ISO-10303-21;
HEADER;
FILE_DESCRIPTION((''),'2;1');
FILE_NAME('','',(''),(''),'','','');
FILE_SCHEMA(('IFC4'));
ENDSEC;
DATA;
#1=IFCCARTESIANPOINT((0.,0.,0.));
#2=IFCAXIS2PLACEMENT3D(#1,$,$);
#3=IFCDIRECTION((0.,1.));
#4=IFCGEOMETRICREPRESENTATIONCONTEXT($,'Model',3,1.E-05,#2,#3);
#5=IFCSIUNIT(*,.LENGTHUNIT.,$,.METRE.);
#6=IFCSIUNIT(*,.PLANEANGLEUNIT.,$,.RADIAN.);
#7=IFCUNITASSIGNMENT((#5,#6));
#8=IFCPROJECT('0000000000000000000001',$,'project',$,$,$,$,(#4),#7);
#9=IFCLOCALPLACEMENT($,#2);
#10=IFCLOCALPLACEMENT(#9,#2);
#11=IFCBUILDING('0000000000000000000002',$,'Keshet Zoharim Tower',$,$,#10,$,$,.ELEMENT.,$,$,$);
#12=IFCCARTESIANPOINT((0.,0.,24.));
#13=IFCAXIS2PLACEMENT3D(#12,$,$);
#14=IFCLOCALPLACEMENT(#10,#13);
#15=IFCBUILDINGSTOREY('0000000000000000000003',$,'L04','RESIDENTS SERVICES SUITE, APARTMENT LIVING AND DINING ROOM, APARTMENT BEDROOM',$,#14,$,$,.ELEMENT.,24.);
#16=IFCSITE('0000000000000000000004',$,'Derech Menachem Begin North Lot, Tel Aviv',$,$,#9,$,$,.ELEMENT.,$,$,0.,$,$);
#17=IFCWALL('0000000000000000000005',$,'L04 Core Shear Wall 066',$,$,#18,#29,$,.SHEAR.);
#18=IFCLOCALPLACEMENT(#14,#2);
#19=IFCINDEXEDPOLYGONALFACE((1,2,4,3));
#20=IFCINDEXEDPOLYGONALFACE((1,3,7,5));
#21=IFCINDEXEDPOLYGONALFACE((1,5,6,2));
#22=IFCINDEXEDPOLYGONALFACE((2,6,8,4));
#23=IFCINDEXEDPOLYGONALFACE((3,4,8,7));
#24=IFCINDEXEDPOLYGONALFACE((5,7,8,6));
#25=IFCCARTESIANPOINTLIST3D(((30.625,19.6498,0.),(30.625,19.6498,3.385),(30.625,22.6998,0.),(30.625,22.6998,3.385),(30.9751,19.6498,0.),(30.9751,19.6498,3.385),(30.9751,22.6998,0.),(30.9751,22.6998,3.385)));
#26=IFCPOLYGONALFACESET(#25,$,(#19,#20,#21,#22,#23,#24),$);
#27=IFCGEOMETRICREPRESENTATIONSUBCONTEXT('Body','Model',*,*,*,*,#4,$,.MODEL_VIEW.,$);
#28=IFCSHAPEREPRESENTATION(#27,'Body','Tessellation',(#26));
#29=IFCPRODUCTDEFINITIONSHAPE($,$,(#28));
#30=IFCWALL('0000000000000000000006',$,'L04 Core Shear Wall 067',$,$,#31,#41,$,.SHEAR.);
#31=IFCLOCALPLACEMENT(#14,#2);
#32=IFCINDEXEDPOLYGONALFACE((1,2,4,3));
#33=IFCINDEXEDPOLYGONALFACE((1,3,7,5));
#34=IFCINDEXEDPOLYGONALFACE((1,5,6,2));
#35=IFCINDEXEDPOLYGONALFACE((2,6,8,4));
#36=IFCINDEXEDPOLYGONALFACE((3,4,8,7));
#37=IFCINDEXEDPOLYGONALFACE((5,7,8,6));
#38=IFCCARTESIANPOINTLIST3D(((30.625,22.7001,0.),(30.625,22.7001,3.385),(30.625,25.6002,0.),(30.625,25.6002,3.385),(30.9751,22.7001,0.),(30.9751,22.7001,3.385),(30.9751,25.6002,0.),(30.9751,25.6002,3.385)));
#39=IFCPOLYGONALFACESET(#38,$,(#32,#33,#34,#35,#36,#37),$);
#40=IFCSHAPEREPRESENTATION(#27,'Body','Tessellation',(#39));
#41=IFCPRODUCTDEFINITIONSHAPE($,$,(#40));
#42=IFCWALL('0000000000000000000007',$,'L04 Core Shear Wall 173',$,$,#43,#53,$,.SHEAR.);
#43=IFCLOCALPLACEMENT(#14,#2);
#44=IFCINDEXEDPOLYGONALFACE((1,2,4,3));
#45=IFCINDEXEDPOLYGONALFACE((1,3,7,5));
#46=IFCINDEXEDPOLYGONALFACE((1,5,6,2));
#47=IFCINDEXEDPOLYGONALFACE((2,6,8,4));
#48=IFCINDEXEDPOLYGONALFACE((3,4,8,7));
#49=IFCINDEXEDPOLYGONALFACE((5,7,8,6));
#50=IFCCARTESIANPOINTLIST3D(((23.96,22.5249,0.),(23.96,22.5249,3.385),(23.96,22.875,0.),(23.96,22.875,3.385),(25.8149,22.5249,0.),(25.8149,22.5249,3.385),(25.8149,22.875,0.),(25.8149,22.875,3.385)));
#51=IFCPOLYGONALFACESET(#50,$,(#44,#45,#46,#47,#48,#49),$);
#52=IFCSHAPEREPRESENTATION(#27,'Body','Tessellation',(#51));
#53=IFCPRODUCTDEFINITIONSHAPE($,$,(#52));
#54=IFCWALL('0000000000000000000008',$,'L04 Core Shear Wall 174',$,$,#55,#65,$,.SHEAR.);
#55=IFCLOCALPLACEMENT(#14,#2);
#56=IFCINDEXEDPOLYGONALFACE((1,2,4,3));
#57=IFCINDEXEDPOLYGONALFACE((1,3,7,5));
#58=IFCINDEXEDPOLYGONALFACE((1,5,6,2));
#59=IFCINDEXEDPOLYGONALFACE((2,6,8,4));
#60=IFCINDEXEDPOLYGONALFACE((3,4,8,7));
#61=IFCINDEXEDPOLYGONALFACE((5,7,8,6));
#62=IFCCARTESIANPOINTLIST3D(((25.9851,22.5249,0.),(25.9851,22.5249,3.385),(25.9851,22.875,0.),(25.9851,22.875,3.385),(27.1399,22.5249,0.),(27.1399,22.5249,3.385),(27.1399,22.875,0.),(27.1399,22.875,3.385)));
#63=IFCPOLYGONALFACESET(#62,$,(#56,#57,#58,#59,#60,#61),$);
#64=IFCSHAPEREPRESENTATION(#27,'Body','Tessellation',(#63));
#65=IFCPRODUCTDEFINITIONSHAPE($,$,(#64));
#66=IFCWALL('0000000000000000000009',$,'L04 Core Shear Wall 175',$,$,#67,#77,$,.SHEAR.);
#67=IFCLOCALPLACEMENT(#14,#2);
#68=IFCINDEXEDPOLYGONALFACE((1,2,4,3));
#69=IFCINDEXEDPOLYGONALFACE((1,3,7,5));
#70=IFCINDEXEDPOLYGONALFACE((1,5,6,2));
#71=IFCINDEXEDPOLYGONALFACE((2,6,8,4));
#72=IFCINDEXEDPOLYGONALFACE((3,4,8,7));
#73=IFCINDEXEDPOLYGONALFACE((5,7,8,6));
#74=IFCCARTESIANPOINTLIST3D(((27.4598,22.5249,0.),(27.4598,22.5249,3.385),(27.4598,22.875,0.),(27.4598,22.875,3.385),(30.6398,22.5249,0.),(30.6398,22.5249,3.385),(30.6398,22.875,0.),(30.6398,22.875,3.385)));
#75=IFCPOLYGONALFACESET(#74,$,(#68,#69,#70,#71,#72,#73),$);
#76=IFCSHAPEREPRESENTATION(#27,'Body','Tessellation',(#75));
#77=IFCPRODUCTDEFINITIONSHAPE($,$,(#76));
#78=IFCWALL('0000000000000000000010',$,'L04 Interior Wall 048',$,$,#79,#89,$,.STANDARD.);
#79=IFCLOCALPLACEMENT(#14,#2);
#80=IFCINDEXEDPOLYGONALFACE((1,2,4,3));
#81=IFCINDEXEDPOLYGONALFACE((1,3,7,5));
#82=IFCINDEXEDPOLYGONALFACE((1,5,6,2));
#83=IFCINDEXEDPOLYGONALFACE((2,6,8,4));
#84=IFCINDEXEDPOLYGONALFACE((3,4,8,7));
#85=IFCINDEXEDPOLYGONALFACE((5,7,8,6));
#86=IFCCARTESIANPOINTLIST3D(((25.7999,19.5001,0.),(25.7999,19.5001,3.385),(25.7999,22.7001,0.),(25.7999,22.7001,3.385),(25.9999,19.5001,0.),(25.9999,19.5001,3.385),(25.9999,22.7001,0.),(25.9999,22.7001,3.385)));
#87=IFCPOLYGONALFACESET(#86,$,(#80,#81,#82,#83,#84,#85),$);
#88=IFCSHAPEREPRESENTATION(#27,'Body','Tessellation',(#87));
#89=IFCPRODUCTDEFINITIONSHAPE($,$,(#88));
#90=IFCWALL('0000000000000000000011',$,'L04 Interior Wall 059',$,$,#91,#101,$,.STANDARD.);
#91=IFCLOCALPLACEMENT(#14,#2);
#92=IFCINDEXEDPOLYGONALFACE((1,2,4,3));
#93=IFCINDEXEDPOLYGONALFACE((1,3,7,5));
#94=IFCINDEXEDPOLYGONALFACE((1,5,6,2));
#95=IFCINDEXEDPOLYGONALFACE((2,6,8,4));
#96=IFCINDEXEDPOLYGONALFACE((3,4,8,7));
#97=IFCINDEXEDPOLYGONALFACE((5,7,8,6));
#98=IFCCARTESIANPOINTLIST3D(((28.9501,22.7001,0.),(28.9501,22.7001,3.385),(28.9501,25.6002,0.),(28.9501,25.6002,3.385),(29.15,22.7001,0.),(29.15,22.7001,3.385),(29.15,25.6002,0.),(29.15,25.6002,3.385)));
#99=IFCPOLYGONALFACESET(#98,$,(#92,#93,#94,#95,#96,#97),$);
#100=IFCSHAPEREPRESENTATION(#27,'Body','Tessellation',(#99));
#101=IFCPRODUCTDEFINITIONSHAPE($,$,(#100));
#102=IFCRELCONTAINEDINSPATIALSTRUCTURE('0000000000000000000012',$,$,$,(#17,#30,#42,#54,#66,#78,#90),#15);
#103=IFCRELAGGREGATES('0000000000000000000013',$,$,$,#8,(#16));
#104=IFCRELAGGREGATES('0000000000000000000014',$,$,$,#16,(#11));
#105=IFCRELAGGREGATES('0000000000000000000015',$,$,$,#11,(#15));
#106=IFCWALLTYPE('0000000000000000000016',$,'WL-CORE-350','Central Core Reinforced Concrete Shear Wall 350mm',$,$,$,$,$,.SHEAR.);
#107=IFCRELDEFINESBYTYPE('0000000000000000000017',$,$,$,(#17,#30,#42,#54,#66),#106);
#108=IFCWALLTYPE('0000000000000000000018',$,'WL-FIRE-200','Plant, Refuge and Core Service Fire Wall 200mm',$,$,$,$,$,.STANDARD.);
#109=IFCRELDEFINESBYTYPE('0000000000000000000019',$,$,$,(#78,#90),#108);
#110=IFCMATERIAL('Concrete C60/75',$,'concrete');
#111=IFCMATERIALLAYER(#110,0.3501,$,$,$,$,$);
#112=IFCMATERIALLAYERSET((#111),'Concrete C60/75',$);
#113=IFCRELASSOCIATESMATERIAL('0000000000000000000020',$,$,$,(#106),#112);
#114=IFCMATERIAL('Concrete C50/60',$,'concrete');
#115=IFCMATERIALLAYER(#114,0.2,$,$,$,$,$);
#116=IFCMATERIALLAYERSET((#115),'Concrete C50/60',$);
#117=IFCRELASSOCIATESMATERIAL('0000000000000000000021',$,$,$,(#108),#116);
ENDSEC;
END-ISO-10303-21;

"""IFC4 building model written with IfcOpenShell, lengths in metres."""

from ifc_helpers import new_model, si_unit, direction, frame, frame_2d, origin, place, context, subcontext, project, spatial, rectangle, extrude, material, layer, layer_set, type_object, element, save


model = new_model("IFC4")

# Units and contexts
model_context = context("Model", 3, precision=1e-05, world=origin(), true_north=direction((0.0, 1.0)))
body_context = subcontext(model_context, "Body", "Model", "MODEL_VIEW")
ifc_project = project(units=[si_unit("LENGTHUNIT", "METRE"), si_unit("PLANEANGLEUNIT", "RADIAN")], contexts=[model_context])

# Site, building, storey
site_placement = place(None, origin())
site = spatial("IfcSite", under=ifc_project, at=site_placement, Name="Derech Menachem Begin North Lot, Tel Aviv", CompositionType="ELEMENT", RefElevation=0.0)
building_placement = place(site_placement, origin())
building = spatial("IfcBuilding", under=site, at=building_placement, Name="Keshet Zoharim Tower", CompositionType="ELEMENT")
storey_placement = place(building_placement, frame((0.0, 0.0, 24.0)))
storey = spatial("IfcBuildingStorey", under=building, at=storey_placement, Name="L04", Description="RESIDENTS SERVICES SUITE, APARTMENT LIVING AND DINING ROOM, APARTMENT BEDROOM", CompositionType="ELEMENT", Elevation=24.0)

# Shared definitions
ifc_material_1 = material(Name="Concrete C60/75", Category="concrete")

# Shared definitions
ifc_layer_1 = layer(ifc_material_1, 0.3501)
ifc_layer_set_1 = layer_set([ifc_layer_1], Name="Concrete C60/75")
wall_type_1 = type_object("IfcWallType", Name="WL-CORE-350", Description="Central Core Reinforced Concrete Shear Wall 350mm", PredefinedType="SHEAR", material=ifc_layer_set_1)

# Walls
wall_1_placement = place(storey_placement, frame((30.8, 19.6499, 0.0), z_axis=(0.0, 0.0, 1.0), x_axis=(0.0, 1.0, 0.0)))
element("IfcWall", 1, at=wall_1_placement, inside=storey, type_object=wall_type_1, Name="L04 Core Shear Wall 066", PredefinedType="SHEAR", context=body_context, shape_type="SweptSolid", body=[
    extrude(rectangle(XDim=3.05, YDim=0.3501, at=frame_2d((1.5249, 0.0))), origin(), (0.0, 0.0, 1.0), 3.385),
])
wall_2_placement = place(storey_placement, frame((30.8, 22.7, 0.0), z_axis=(0.0, 0.0, 1.0), x_axis=(0.0, 1.0, 0.0)))
element("IfcWall", 2, at=wall_2_placement, inside=storey, type_object=wall_type_1, Name="L04 Core Shear Wall 067", PredefinedType="SHEAR", context=body_context, shape_type="SweptSolid", body=[
    extrude(rectangle(XDim=2.9001, YDim=0.3501, at=frame_2d((1.4502, 0.0))), origin(), (0.0, 0.0, 1.0), 3.385),
])
wall_3_placement = place(storey_placement, frame((23.96, 22.7, 0.0), z_axis=(0.0, 0.0, 1.0), x_axis=(1.0, 0.0, 0.0)))
element("IfcWall", 3, at=wall_3_placement, inside=storey, type_object=wall_type_1, Name="L04 Core Shear Wall 173", PredefinedType="SHEAR", context=body_context, shape_type="SweptSolid", body=[
    extrude(rectangle(XDim=1.855, YDim=0.3501, at=frame_2d((0.9275, 0.0))), origin(), (0.0, 0.0, 1.0), 3.385),
])
wall_4_placement = place(storey_placement, frame((25.9851, 22.7, 0.0), z_axis=(0.0, 0.0, 1.0), x_axis=(1.0, 0.0, 0.0)))
element("IfcWall", 4, at=wall_4_placement, inside=storey, type_object=wall_type_1, Name="L04 Core Shear Wall 174", PredefinedType="SHEAR", context=body_context, shape_type="SweptSolid", body=[
    extrude(rectangle(XDim=1.1548, YDim=0.3501, at=frame_2d((0.5774, 0.0))), origin(), (0.0, 0.0, 1.0), 3.385),
])
wall_5_placement = place(storey_placement, frame((27.46, 22.7, 0.0), z_axis=(0.0, 0.0, 1.0), x_axis=(1.0, 0.0, 0.0)))
element("IfcWall", 5, at=wall_5_placement, inside=storey, type_object=wall_type_1, Name="L04 Core Shear Wall 175", PredefinedType="SHEAR", context=body_context, shape_type="SweptSolid", body=[
    extrude(rectangle(XDim=3.1799, YDim=0.3501, at=frame_2d((1.5898, 0.0))), origin(), (0.0, 0.0, 1.0), 3.385),
])

# Walls
ifc_material_2 = material(Name="Concrete C50/60", Category="concrete")
ifc_layer_2 = layer(ifc_material_2, 0.2)
ifc_layer_set_2 = layer_set([ifc_layer_2], Name="Concrete C50/60")
wall_type_2 = type_object("IfcWallType", Name="WL-FIRE-200", Description="Plant, Refuge and Core Service Fire Wall 200mm", PredefinedType="STANDARD", material=ifc_layer_set_2)
wall_6_placement = place(storey_placement, frame((25.8999, 19.5, 0.0), z_axis=(0.0, 0.0, 1.0), x_axis=(0.0, 1.0, 0.0)))
element("IfcWall", 6, at=wall_6_placement, inside=storey, type_object=wall_type_2, Name="L04 Interior Wall 048", PredefinedType="STANDARD", context=body_context, shape_type="SweptSolid", body=[
    extrude(rectangle(XDim=3.2, YDim=0.2, at=frame_2d((1.6001, 0.0))), origin(), (0.0, 0.0, 1.0), 3.385),
])
wall_7_placement = place(storey_placement, frame((29.05, 22.7, 0.0), z_axis=(0.0, 0.0, 1.0), x_axis=(0.0, 1.0, 0.0)))
element("IfcWall", 7, at=wall_7_placement, inside=storey, type_object=wall_type_2, Name="L04 Interior Wall 059", PredefinedType="STANDARD", context=body_context, shape_type="SweptSolid", body=[
    extrude(rectangle(XDim=2.9001, YDim=0.2, at=frame_2d((1.4502, 0.0))), origin(), (0.0, 0.0, 1.0), 3.385),
])

save(model, "model.ifc")
